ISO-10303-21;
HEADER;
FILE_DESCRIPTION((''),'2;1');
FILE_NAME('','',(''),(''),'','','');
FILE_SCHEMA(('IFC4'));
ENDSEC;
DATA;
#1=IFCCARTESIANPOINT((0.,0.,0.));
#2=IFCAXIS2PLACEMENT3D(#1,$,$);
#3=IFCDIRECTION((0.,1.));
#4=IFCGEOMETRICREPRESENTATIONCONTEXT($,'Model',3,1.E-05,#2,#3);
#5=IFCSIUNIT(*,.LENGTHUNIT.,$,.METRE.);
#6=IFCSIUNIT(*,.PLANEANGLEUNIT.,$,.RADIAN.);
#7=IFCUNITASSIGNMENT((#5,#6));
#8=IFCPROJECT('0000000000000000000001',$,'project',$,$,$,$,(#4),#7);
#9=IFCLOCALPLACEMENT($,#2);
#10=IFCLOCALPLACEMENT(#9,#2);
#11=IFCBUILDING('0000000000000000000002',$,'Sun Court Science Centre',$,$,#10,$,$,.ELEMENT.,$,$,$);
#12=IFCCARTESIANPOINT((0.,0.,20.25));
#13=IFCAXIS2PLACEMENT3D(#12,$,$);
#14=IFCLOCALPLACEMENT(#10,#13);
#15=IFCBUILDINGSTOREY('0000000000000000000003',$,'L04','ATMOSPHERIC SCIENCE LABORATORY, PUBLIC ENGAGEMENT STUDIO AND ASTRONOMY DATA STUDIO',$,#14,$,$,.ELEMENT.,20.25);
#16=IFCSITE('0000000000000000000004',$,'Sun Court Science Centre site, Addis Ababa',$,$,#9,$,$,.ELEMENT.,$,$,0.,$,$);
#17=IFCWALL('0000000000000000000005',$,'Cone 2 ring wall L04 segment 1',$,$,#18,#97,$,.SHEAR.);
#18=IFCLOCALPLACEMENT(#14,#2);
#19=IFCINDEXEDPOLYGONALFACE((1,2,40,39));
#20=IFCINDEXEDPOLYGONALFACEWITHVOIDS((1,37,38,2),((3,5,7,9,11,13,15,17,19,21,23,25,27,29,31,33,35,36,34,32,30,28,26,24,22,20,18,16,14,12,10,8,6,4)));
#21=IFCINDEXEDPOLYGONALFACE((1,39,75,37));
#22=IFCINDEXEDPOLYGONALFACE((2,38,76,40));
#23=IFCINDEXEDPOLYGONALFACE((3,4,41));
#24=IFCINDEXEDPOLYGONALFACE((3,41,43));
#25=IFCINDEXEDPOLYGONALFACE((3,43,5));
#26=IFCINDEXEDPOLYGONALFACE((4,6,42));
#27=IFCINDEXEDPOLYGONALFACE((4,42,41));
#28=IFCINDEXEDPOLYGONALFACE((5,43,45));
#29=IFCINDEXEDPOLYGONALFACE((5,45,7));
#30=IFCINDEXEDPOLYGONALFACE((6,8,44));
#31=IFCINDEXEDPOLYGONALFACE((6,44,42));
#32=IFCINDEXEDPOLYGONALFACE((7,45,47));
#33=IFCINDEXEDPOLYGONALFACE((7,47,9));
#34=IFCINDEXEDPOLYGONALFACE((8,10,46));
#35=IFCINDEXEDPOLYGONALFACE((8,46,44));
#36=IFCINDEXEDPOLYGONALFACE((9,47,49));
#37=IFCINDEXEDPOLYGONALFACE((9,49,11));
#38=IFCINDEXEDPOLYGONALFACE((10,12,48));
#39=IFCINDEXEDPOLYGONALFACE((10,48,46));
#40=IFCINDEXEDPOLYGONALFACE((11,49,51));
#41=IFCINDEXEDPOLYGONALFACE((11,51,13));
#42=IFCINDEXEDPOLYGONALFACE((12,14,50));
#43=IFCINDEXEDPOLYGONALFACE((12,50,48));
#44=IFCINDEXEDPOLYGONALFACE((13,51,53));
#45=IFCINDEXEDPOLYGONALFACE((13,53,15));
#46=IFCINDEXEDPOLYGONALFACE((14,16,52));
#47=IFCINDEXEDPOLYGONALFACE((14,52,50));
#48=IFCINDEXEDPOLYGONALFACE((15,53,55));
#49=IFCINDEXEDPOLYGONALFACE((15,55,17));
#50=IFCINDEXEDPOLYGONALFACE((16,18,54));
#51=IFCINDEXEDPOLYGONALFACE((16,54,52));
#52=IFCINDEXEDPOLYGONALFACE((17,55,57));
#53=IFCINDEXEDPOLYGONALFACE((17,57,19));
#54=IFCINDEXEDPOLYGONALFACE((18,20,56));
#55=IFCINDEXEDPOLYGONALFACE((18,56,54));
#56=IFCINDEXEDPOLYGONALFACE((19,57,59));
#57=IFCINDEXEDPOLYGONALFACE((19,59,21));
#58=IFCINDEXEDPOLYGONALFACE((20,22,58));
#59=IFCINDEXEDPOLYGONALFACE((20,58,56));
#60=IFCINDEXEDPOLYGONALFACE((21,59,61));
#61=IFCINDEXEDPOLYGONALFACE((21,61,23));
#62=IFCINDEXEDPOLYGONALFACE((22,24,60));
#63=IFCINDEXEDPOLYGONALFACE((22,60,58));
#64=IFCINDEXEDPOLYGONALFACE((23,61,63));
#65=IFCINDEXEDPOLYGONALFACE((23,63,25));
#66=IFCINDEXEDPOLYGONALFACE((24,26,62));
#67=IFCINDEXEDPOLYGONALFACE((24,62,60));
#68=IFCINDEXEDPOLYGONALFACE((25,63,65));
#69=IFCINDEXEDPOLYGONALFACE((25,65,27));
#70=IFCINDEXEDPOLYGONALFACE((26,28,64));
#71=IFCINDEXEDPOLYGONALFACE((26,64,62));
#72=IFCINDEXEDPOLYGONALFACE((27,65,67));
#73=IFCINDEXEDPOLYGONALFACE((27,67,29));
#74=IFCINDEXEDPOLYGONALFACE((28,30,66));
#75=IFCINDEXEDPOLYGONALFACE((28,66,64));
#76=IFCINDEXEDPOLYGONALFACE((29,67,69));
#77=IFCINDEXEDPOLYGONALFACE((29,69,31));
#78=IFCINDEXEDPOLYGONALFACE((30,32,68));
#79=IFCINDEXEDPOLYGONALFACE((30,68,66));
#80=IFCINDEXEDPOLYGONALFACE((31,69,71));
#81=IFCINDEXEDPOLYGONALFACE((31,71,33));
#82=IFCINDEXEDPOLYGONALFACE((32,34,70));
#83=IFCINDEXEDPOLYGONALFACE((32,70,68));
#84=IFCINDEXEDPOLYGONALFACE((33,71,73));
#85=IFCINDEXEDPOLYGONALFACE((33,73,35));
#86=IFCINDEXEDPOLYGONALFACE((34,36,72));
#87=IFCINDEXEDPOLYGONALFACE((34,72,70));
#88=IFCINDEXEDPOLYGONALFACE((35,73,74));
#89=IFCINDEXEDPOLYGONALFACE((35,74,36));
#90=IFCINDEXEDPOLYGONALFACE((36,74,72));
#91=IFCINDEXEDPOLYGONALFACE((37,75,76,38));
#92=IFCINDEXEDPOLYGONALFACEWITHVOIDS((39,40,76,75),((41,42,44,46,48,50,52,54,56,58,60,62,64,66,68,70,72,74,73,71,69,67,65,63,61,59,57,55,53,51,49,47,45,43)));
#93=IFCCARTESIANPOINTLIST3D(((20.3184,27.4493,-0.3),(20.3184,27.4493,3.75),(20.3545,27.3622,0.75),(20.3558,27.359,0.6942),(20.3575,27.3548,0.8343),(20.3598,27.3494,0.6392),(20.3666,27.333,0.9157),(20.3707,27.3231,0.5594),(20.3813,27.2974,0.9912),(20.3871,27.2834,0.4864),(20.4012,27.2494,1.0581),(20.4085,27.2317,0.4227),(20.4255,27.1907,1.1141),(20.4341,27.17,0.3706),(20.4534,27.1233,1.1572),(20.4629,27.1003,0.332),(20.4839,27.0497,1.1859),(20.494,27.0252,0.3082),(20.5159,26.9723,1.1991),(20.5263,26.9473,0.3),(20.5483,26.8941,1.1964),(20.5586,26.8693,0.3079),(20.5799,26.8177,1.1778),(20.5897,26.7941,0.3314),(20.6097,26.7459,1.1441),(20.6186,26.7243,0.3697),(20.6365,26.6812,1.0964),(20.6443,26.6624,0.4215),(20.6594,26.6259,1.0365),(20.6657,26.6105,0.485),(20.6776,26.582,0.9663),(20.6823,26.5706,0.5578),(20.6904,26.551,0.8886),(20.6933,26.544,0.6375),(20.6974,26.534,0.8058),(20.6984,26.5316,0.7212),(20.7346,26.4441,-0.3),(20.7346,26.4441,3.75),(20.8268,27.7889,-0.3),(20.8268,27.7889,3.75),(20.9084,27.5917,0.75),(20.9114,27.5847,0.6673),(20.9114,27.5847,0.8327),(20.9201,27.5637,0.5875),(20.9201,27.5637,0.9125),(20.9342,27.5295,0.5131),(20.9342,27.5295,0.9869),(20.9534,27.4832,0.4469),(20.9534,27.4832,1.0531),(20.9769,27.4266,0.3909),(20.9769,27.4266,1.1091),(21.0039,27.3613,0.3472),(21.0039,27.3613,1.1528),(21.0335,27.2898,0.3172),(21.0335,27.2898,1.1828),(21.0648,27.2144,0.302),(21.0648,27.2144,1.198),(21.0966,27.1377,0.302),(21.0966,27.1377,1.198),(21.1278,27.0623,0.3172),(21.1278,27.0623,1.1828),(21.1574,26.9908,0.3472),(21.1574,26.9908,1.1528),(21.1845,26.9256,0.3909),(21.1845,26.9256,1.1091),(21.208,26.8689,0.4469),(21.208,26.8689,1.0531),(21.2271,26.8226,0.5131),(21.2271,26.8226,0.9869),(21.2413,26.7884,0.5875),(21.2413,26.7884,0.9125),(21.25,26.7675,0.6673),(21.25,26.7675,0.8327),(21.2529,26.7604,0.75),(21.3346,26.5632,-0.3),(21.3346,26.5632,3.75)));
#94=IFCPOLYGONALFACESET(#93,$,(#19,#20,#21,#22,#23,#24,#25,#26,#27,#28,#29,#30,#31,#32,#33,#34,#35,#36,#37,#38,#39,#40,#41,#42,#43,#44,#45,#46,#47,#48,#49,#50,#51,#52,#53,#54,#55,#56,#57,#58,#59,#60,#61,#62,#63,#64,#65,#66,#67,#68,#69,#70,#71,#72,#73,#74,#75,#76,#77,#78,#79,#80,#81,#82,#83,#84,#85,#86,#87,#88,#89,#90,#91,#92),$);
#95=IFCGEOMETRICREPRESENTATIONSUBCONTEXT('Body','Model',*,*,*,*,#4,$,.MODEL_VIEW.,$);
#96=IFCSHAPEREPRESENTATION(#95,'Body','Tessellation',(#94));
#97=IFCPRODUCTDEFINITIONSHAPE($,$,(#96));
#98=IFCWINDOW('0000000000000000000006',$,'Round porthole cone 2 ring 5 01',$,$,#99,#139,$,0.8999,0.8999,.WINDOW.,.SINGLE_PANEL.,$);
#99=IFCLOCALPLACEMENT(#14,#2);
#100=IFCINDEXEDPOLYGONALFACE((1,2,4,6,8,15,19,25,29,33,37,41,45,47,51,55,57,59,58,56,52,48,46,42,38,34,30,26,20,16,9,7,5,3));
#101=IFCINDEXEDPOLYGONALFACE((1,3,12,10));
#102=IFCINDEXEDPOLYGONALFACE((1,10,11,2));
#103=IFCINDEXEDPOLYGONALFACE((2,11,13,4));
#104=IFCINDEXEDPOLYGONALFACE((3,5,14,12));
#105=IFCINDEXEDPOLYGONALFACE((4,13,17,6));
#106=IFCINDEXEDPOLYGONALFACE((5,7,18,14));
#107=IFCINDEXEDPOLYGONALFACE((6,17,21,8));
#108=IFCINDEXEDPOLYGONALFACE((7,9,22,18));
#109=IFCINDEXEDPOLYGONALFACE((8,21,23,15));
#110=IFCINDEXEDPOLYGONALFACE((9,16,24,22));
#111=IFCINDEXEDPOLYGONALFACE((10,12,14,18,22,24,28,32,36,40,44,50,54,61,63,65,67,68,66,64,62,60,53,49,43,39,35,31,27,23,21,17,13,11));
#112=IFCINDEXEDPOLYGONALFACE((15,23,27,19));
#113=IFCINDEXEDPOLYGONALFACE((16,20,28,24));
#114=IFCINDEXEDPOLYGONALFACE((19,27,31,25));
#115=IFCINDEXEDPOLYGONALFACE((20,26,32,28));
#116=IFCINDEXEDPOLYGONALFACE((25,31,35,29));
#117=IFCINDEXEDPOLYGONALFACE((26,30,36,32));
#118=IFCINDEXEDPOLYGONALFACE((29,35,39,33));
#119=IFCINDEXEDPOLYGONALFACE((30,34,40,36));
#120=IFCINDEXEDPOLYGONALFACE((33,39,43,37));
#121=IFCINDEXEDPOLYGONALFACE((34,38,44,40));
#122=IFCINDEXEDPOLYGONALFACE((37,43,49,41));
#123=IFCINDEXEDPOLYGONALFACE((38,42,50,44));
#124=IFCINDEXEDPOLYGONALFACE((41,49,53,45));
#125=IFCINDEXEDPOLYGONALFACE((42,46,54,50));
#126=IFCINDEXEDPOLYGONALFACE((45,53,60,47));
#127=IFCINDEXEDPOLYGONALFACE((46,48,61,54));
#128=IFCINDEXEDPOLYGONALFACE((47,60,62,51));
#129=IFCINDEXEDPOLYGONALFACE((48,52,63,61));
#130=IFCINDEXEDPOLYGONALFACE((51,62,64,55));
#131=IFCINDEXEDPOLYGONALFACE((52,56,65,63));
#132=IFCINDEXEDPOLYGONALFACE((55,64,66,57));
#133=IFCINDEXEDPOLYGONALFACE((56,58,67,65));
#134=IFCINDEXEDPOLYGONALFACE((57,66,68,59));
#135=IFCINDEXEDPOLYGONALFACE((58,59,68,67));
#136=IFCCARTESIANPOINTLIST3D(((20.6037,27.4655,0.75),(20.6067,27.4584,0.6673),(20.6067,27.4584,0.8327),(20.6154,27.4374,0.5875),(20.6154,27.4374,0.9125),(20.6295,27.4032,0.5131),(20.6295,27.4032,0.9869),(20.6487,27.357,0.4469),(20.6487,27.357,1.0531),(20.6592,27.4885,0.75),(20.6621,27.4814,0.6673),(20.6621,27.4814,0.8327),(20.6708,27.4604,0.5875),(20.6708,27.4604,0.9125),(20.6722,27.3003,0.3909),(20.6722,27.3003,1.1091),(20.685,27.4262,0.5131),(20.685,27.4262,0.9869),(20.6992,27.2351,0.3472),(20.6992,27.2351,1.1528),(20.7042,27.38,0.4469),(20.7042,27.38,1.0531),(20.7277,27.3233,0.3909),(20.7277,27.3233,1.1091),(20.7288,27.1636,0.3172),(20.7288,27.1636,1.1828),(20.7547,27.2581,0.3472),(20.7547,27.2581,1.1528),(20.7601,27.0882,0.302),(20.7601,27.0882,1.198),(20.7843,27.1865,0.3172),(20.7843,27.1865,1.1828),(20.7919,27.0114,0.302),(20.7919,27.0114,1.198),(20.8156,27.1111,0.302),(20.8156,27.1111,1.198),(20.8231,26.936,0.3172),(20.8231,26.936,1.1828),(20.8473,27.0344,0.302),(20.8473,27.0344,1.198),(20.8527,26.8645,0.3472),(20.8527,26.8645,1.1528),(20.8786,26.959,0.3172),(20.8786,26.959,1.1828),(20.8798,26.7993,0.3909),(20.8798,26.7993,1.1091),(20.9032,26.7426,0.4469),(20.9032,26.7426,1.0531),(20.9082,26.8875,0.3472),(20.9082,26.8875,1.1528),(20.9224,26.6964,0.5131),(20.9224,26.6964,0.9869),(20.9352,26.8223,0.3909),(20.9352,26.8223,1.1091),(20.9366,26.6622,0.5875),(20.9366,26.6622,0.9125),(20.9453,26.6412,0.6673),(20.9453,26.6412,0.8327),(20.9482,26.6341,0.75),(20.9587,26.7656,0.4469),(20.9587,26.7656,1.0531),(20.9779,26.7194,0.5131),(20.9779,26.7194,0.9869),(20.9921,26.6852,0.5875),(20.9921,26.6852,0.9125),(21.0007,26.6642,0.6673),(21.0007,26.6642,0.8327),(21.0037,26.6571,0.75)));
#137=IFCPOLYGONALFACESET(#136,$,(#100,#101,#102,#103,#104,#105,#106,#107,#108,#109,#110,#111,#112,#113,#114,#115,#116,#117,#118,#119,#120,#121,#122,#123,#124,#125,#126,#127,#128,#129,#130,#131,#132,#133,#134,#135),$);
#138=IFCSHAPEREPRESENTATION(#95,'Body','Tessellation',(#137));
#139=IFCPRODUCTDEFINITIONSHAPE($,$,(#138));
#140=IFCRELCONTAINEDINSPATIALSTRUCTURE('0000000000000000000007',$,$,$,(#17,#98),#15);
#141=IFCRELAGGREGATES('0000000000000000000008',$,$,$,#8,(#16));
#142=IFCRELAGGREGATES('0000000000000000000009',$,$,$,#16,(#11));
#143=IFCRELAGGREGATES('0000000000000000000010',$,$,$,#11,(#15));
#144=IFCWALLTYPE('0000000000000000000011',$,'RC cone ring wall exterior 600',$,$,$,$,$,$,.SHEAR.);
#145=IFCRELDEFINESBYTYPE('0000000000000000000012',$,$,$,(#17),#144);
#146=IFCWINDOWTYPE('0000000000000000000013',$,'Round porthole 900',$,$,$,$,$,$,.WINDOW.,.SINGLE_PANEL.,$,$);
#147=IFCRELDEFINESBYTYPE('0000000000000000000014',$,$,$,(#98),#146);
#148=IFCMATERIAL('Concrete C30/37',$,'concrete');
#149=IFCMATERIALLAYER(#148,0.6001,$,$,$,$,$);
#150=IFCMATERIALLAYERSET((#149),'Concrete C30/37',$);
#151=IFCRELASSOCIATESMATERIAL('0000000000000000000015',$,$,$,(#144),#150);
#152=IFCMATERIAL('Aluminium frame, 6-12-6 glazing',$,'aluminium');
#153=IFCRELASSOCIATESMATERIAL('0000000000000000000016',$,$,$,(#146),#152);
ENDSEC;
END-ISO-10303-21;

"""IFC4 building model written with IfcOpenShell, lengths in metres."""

from ifc_helpers import new_model, si_unit, direction, frame, frame_2d, origin, place, context, subcontext, project, spatial, polyline, circle, outline, extrude, material, layer, layer_set, type_object, element, fill, save


model = new_model("IFC4")

# Units and contexts
model_context = context("Model", 3, precision=1e-05, world=origin(), true_north=direction((0.0, 1.0)))
body_context = subcontext(model_context, "Body", "Model", "MODEL_VIEW")
ifc_project = project(units=[si_unit("LENGTHUNIT", "METRE"), si_unit("PLANEANGLEUNIT", "RADIAN")], contexts=[model_context])

# Site, building, storey
site_placement = place(None, origin())
site = spatial("IfcSite", under=ifc_project, at=site_placement, Name="Sun Court Science Centre site, Addis Ababa", CompositionType="ELEMENT", RefElevation=0.0)
building_placement = place(site_placement, origin())
building = spatial("IfcBuilding", under=site, at=building_placement, Name="Sun Court Science Centre", CompositionType="ELEMENT")
storey_placement = place(building_placement, frame((0.0, 0.0, 20.25)))
storey = spatial("IfcBuildingStorey", under=building, at=storey_placement, Name="L04", Description="ATMOSPHERIC SCIENCE LABORATORY, PUBLIC ENGAGEMENT STUDIO AND ASTRONOMY DATA STUDIO", CompositionType="ELEMENT", Elevation=20.25)

# Wall, opening, window
ifc_material_1 = material(Name="Concrete C30/37", Category="concrete")
ifc_layer = layer(ifc_material_1, 0.6001)
ifc_layer_set = layer_set([ifc_layer], Name="Concrete C30/37")
wall_type = type_object("IfcWallType", Name="RC cone ring wall exterior 600", PredefinedType="SHEAR", material=ifc_layer_set)
wall_1_placement = place(storey_placement, frame((21.0576, 26.4485, -0.3), z_axis=(0.0, 0.0, 1.0), x_axis=(-0.382785, 0.923837, 0.0)))
wall_1 = element("IfcWall", 1, at=wall_1_placement, inside=storey, type_object=wall_type, Name="Cone 2 ring wall L04 segment 1", PredefinedType="SHEAR", context=body_context, shape_type="SweptSolid", body=[
    extrude(outline(polyline([(0.0, -0.2998), (1.3267, -0.2998), (1.2075, 0.2998), (0.1196, 0.3), (0.0, -0.2998)])), origin(), (0.0, 0.0, 1.0), 4.05),
])
opening_1_placement = place(wall_1_placement, frame((0.2134, 0.0, 0.6001)))
opening_1 = element("IfcOpeningElement", 2, at=opening_1_placement, cuts=wall_1, PredefinedType="OPENING", context=body_context, shape_type="SweptSolid", body=[
    extrude(circle(Radius=0.45, at=frame_2d((0.45, 0.45))), frame((0.0, 0.3101, 0.0), z_axis=(0.0, -1.0, 0.0), x_axis=(1.0, 0.0, 0.0)), (0.0, 0.0, 1.0), 0.6201),
])
ifc_material_2 = material(Name="Aluminium frame, 6-12-6 glazing", Category="aluminium")
window_type = type_object("IfcWindowType", Name="Round porthole 900", PartitioningType="SINGLE_PANEL", PredefinedType="WINDOW", material=ifc_material_2)
window_1_placement = place(opening_1_placement, origin())
window_1 = element("IfcWindow", 3, at=window_1_placement, inside=storey, type_object=window_type, Name="Round porthole cone 2 ring 5 01", OverallHeight=0.8999, OverallWidth=0.8999, PartitioningType="SINGLE_PANEL", PredefinedType="WINDOW", context=body_context, shape_type="SweptSolid", body=[
    extrude(circle(Radius=0.45, at=frame_2d((0.45, 0.45))), frame((0.0, 0.03, 0.0), z_axis=(0.0, -1.0, 0.0), x_axis=(1.0, 0.0, 0.0)), (0.0, 0.0, 1.0), 0.0601),
])
fill(opening_1, window_1)

save(model, "model.ifc")
